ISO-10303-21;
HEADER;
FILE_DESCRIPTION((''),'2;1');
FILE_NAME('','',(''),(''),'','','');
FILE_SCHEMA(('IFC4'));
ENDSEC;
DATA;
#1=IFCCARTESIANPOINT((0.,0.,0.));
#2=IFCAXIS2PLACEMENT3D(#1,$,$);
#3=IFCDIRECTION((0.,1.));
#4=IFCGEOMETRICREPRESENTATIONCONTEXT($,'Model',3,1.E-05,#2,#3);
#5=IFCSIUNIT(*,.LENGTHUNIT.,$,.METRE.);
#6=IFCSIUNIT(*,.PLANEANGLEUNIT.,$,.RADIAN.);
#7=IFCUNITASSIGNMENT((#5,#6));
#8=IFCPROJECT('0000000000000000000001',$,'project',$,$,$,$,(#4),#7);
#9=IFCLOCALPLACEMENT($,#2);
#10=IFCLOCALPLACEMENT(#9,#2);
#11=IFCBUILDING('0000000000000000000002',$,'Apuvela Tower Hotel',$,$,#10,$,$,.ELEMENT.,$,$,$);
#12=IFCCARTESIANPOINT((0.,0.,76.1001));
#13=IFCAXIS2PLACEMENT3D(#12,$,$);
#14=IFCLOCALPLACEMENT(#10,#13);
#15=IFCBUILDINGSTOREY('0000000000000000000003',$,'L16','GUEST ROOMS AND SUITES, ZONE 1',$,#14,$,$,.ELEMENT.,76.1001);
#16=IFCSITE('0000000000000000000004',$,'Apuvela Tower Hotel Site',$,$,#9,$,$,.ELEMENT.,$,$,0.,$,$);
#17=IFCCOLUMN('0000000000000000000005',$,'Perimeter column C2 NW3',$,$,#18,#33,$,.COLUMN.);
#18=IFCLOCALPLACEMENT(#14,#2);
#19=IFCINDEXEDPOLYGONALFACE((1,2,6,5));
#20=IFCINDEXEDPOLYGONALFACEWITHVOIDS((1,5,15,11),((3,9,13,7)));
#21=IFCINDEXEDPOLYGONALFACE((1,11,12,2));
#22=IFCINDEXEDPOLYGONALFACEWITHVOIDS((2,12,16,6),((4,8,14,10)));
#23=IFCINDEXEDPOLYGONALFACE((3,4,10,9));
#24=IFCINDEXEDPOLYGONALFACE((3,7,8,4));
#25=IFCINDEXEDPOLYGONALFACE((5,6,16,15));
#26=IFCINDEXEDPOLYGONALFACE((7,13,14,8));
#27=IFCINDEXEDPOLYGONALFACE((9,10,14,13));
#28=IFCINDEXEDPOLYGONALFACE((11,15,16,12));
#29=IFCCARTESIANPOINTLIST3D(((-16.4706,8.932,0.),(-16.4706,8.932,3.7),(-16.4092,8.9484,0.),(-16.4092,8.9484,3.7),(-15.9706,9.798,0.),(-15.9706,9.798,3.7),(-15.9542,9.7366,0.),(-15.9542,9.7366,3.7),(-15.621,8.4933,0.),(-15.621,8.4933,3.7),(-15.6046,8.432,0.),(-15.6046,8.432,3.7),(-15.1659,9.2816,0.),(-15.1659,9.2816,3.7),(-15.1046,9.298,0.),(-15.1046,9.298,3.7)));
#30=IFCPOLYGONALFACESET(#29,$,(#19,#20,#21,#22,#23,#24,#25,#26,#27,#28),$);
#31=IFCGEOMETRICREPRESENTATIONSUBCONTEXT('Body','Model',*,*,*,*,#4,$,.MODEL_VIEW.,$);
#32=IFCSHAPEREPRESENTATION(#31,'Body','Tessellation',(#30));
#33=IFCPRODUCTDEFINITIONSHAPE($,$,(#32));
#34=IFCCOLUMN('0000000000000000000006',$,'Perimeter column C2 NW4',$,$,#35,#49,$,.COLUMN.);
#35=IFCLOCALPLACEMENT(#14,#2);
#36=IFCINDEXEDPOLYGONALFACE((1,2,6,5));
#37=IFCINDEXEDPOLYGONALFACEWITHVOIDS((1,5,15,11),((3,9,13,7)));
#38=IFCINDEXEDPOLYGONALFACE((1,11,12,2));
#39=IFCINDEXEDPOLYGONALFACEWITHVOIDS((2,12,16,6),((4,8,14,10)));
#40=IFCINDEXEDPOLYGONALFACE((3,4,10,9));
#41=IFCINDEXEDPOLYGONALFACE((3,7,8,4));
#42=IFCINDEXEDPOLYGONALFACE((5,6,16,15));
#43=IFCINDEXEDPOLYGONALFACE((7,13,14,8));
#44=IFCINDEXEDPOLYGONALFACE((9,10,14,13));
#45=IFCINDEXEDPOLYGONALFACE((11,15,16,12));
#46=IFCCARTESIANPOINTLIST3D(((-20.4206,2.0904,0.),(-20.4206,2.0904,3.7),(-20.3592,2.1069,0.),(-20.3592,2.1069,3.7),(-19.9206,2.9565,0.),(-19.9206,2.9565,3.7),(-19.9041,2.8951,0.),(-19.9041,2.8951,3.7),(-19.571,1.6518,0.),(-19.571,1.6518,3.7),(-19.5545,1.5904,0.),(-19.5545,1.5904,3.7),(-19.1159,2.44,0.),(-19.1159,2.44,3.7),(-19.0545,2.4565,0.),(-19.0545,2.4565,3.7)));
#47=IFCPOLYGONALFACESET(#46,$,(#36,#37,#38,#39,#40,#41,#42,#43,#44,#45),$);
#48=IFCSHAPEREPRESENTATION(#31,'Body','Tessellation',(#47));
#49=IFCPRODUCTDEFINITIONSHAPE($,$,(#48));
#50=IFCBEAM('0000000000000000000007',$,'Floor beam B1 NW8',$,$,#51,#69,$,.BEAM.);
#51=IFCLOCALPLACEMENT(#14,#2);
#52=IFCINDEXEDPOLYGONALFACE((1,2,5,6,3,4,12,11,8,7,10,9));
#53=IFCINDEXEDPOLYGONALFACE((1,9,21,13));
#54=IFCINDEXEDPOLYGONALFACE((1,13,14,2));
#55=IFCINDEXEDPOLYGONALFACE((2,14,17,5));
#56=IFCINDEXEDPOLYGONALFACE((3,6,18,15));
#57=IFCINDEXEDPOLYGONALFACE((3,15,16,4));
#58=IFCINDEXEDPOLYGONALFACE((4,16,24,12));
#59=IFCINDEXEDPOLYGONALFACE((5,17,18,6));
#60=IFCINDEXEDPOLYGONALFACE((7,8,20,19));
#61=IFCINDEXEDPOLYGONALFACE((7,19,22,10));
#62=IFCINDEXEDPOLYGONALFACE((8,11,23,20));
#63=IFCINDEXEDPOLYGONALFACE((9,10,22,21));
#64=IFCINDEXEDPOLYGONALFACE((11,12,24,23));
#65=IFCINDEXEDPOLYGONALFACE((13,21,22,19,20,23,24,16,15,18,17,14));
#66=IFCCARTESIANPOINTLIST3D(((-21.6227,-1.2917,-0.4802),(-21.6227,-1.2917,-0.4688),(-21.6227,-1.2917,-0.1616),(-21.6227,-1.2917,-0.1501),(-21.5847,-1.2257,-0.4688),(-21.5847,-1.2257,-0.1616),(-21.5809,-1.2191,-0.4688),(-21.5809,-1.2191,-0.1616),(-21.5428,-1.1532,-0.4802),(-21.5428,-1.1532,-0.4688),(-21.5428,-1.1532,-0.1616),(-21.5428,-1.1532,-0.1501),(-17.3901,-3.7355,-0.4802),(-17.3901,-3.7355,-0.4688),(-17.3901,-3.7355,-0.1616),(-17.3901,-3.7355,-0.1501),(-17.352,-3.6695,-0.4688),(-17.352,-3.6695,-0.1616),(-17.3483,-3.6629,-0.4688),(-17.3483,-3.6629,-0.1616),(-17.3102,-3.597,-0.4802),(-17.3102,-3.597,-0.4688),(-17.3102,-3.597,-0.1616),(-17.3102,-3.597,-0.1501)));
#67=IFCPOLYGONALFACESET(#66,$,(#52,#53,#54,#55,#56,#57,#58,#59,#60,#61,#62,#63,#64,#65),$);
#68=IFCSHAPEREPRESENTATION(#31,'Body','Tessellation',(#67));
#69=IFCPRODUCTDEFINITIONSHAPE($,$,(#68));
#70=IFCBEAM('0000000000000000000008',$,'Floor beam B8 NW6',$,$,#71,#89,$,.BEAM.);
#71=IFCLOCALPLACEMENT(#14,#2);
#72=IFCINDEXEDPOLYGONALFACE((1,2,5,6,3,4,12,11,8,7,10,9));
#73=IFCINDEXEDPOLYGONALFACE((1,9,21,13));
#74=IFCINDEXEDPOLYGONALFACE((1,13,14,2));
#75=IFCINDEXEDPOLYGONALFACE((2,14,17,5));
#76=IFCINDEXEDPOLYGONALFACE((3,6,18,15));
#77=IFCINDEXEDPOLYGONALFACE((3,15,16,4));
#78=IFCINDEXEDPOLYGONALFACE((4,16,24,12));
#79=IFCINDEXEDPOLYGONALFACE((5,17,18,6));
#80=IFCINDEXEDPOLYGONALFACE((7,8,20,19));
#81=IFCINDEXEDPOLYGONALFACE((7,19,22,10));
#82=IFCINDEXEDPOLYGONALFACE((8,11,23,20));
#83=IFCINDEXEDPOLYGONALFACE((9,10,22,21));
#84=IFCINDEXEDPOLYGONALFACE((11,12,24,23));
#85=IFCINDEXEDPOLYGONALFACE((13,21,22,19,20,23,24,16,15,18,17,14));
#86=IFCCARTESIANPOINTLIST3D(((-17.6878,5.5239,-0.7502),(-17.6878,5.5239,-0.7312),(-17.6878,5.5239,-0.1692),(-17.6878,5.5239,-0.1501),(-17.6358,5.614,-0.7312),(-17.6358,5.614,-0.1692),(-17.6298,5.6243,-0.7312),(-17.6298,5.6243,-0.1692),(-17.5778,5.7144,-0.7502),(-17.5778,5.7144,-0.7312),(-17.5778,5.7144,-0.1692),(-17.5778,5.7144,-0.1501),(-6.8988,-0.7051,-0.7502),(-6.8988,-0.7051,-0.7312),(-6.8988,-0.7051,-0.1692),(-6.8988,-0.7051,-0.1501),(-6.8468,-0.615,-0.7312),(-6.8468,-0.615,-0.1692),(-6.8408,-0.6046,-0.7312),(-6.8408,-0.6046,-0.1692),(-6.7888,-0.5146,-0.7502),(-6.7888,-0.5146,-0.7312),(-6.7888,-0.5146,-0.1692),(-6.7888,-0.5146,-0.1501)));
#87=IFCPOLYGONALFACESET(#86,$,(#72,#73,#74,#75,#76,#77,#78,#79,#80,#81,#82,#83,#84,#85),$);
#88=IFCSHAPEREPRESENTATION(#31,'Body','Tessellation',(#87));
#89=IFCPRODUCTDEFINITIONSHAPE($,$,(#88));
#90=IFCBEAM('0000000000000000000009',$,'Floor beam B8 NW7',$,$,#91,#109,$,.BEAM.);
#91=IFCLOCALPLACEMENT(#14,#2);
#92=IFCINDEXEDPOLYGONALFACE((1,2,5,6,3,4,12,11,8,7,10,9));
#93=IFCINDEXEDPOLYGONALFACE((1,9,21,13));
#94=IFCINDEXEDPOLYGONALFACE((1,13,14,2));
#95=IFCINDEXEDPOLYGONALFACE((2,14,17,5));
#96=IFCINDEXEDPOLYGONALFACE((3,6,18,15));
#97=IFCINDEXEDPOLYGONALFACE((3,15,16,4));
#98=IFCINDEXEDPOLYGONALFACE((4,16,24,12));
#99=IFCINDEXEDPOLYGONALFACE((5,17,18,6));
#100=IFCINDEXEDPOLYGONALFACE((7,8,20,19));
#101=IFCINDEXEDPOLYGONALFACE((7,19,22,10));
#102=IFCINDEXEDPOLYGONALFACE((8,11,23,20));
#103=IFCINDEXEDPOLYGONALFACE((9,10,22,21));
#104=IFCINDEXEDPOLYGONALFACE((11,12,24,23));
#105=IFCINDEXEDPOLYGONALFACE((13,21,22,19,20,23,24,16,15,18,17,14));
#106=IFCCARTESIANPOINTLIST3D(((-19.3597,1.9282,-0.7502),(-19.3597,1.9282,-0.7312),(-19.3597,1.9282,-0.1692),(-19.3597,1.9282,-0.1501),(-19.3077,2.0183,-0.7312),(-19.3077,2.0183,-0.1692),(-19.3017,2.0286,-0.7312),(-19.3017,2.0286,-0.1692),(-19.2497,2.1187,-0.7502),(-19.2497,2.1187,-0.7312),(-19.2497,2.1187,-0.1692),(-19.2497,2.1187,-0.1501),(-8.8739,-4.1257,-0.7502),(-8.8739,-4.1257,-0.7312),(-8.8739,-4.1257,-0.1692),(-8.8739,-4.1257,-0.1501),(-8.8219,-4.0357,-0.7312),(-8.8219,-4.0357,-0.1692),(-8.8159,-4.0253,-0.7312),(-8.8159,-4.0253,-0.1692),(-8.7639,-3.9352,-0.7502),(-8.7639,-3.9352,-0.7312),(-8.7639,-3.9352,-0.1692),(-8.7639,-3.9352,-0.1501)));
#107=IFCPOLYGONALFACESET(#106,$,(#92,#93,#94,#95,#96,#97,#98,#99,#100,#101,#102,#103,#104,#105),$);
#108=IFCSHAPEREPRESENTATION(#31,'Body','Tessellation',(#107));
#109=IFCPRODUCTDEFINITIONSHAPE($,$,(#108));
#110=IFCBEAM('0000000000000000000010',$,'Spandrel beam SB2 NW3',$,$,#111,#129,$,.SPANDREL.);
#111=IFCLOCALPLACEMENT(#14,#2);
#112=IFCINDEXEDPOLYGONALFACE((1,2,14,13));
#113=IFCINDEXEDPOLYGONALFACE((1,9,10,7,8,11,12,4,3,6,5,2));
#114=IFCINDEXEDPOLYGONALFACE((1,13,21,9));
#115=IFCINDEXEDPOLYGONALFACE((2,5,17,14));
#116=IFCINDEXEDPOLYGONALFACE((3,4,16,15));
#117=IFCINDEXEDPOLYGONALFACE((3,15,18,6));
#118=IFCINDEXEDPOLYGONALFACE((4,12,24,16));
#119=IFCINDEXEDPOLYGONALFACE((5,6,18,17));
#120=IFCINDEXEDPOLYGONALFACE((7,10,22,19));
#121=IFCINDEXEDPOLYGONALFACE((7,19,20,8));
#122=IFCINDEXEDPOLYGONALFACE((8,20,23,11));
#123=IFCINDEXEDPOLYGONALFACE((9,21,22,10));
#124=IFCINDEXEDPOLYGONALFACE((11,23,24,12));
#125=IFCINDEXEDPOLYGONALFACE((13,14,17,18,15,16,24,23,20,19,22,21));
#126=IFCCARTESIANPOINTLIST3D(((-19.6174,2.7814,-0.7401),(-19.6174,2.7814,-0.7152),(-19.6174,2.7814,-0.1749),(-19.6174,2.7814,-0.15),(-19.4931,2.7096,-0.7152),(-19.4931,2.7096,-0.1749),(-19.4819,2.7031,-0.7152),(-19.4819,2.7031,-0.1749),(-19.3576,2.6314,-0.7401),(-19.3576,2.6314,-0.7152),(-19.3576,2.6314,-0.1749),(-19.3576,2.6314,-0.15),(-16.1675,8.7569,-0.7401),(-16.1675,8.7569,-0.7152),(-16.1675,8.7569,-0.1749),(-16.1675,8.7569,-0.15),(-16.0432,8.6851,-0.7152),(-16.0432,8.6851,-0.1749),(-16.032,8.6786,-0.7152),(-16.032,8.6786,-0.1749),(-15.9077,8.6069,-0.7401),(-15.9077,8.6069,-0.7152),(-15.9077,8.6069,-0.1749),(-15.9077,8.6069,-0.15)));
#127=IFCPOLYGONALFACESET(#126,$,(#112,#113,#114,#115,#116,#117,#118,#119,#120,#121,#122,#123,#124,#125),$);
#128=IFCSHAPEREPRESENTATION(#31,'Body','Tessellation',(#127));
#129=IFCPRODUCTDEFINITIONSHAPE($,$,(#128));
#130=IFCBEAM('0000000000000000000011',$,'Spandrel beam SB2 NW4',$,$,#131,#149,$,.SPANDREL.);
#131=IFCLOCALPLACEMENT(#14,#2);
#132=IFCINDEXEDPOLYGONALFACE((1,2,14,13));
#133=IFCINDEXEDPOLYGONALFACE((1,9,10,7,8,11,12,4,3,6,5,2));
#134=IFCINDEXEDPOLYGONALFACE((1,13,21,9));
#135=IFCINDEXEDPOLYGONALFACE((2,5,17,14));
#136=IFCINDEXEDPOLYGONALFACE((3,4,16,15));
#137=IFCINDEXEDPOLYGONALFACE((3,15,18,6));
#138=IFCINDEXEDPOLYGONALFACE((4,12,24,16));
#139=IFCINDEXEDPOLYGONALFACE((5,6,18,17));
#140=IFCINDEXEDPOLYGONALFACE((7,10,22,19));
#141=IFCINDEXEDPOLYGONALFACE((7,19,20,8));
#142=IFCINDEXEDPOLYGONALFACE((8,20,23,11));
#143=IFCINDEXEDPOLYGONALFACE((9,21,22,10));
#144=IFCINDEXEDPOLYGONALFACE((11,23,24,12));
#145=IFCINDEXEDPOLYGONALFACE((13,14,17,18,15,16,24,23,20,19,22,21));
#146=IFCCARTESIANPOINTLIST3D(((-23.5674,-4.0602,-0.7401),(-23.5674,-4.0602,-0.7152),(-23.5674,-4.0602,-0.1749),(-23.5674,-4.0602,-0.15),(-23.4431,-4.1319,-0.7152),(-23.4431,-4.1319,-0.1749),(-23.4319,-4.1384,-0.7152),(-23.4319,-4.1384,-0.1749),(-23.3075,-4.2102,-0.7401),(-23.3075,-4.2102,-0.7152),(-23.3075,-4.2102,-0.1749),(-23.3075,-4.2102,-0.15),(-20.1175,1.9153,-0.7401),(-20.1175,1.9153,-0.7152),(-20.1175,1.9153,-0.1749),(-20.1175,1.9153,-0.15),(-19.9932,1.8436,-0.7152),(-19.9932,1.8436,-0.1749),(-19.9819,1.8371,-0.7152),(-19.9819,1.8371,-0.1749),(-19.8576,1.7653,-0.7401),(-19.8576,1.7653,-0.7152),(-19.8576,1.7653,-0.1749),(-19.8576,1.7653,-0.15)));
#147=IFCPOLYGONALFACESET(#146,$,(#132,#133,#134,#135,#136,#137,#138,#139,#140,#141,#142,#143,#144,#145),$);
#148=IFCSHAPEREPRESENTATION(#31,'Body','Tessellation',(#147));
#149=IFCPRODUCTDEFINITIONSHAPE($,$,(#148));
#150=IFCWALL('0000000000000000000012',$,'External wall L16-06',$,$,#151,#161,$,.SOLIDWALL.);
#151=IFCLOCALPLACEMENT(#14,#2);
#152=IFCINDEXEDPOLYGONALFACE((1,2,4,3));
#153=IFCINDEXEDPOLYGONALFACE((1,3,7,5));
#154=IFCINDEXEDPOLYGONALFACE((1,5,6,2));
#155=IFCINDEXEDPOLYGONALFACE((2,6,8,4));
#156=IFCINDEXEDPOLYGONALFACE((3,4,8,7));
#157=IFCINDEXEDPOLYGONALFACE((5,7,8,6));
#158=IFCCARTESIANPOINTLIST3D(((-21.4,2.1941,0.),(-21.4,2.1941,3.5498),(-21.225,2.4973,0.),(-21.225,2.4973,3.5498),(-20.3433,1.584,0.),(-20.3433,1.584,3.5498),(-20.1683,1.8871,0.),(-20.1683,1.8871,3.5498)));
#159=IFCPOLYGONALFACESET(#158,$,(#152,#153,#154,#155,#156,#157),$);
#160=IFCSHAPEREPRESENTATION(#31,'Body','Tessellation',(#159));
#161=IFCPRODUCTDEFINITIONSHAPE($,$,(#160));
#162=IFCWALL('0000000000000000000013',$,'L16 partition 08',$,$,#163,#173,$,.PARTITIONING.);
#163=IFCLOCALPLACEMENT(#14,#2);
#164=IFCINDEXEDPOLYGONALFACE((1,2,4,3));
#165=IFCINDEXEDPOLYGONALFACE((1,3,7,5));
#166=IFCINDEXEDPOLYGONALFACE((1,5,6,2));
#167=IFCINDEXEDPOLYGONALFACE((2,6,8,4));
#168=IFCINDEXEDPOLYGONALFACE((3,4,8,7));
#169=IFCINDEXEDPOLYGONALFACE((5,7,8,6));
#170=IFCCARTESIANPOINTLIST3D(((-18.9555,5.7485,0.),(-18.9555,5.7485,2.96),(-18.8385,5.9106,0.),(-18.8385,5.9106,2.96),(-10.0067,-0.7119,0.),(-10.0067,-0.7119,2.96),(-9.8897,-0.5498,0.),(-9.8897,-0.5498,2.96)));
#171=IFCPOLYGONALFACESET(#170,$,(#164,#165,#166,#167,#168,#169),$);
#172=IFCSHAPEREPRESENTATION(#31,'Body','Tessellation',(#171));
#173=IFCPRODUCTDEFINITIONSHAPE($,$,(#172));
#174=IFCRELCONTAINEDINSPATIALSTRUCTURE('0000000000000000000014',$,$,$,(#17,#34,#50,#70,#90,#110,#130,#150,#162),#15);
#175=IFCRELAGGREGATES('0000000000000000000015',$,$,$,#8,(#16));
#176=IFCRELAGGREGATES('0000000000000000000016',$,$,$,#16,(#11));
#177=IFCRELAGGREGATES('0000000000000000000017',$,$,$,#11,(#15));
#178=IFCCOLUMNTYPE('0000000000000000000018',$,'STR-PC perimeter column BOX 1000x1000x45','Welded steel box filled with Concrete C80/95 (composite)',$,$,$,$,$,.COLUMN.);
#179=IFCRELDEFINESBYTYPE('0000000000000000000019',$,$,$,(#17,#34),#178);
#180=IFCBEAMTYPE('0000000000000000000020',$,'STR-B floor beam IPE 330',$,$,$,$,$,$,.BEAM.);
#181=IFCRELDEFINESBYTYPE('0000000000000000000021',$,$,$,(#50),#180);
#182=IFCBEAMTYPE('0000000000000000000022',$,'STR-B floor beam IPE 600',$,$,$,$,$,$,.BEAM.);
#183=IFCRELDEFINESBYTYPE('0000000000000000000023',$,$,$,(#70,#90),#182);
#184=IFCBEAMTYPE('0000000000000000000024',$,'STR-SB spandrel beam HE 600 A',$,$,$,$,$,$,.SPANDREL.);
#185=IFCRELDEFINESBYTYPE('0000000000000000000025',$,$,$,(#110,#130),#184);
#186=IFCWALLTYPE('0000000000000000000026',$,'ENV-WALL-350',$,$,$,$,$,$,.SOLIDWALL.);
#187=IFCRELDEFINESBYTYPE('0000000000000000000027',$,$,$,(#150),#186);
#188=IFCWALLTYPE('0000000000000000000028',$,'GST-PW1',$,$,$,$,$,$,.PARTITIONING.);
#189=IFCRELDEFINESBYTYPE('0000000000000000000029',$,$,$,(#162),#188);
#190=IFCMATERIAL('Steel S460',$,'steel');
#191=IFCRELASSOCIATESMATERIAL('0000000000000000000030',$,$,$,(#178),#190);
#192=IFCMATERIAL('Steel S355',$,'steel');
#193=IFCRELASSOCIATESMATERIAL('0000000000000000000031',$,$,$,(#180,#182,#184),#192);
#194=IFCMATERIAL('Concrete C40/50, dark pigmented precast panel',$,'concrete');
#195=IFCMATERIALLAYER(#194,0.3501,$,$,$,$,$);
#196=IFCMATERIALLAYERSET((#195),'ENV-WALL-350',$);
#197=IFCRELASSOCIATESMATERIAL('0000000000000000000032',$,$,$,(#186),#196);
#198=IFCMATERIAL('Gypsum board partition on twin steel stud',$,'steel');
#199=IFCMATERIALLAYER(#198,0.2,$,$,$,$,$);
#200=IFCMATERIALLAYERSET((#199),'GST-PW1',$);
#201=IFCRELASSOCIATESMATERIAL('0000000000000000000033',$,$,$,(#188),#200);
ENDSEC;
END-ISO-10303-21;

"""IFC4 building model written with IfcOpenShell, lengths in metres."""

from ifc_helpers import new_model, si_unit, direction, frame, frame_2d, origin, origin_2d, place, context, subcontext, project, spatial, rectangle, hollow_rectangle, i_section, extrude, material, layer, layer_set, material_profile, profile_set, type_object, element, save


model = new_model("IFC4")

# Units and contexts
model_context = context("Model", 3, precision=1e-05, world=origin(), true_north=direction((0.0, 1.0)))
body_context = subcontext(model_context, "Body", "Model", "MODEL_VIEW")
ifc_project = project(units=[si_unit("LENGTHUNIT", "METRE"), si_unit("PLANEANGLEUNIT", "RADIAN")], contexts=[model_context])

# Site, building, storey
site_placement = place(None, origin())
site = spatial("IfcSite", under=ifc_project, at=site_placement, Name="Apuvela Tower Hotel Site", CompositionType="ELEMENT", RefElevation=0.0)
building_placement = place(site_placement, origin())
building = spatial("IfcBuilding", under=site, at=building_placement, Name="Apuvela Tower Hotel", CompositionType="ELEMENT")
storey_placement = place(building_placement, frame((0.0, 0.0, 76.1001)))
storey = spatial("IfcBuildingStorey", under=building, at=storey_placement, Name="L16", Description="GUEST ROOMS AND SUITES, ZONE 1", CompositionType="ELEMENT", Elevation=76.1001)

# Columns
ifc_material_1 = material(Name="Steel S460", Category="steel")
ifc_material_profile_1 = material_profile(ifc_material_1, hollow_rectangle(XDim=1.0, YDim=1.0, WallThickness=0.0449, at=origin_2d()), Name="BOX 1000x1000x45")
ifc_material_2 = material(Name="Concrete C80/95", Category="concrete")
ifc_material_profile_2 = material_profile(ifc_material_2, rectangle(XDim=0.9099, YDim=0.9099, at=origin_2d()), Name="Concrete C80/95 infill")
ifc_profile_set_1 = profile_set([ifc_material_profile_1, ifc_material_profile_2], Name="Steel S460")
column_type = type_object("IfcColumnType", Name="STR-PC perimeter column BOX 1000x1000x45", Description="Welded steel box filled with Concrete C80/95 (composite)", PredefinedType="COLUMN", material=ifc_profile_set_1)
for number, where, z_axis, x_axis, name in (
    (1, (-15.7876, 9.115, 0.0), (0.0, 0.0, 1.0), (0.5, 0.866025, 0.0), "Perimeter column C2 NW3"),
    (2, (-19.7375, 2.2734, 0.0), (0.0, 0.0, 1.0), (0.5, 0.866025, 0.0), "Perimeter column C2 NW4"),
):
    element("IfcColumn", number, at=place(storey_placement, frame(where, z_axis=z_axis, x_axis=x_axis)), inside=storey, type_object=column_type, Name=name, PredefinedType="COLUMN", context=body_context, shape_type="SweptSolid", body=[
        extrude(hollow_rectangle(XDim=1.0, YDim=1.0, WallThickness=0.0449, at=origin_2d()), origin(), (0.0, 0.0, 1.0), 3.7),
    ])

# Beams
ifc_material_3 = material(Name="Steel S355", Category="steel")
ifc_material_profile_3 = material_profile(ifc_material_3, i_section(OverallWidth=0.1599, OverallDepth=0.3301, WebThickness=0.0076, FlangeThickness=0.0115, at=origin_2d()), Name="IPE 330")
ifc_profile_set_2 = profile_set([ifc_material_profile_3], Name="Steel S355")
beam_type_1 = type_object("IfcBeamType", Name="STR-B floor beam IPE 330", PredefinedType="BEAM", material=ifc_profile_set_2)
beam_1_placement = place(storey_placement, frame((-21.5828, -1.2224, -0.3152), z_axis=(0.866015, -0.500018, 0.0), x_axis=(0.500018, 0.866015, 0.0)))
element("IfcBeam", 3, at=beam_1_placement, inside=storey, type_object=beam_type_1, Name="Floor beam B1 NW8", PredefinedType="BEAM", context=body_context, shape_type="SweptSolid", body=[
    extrude(i_section(OverallWidth=0.1599, OverallDepth=0.3301, WebThickness=0.0076, FlangeThickness=0.0115, at=origin_2d()), origin(), (0.0, 0.0, 1.0), 4.8875),
])
ifc_material_profile_4 = material_profile(ifc_material_3, i_section(OverallWidth=0.22, OverallDepth=0.6001, WebThickness=0.012, FlangeThickness=0.019, at=origin_2d()), Name="IPE 600")
ifc_profile_set_3 = profile_set([ifc_material_profile_4], Name="Steel S355")
beam_type_2 = type_object("IfcBeamType", Name="STR-B floor beam IPE 600", PredefinedType="BEAM", material=ifc_profile_set_3)
beam_2_placement = place(storey_placement, frame((-17.6328, 5.6191, -0.4502), z_axis=(0.866028, -0.499996, 0.0), x_axis=(0.499996, 0.866028, 0.0)))
element("IfcBeam", 4, at=beam_2_placement, inside=storey, type_object=beam_type_2, Name="Floor beam B8 NW6", PredefinedType="BEAM", context=body_context, shape_type="SweptSolid", body=[
    extrude(i_section(OverallWidth=0.22, OverallDepth=0.6001, WebThickness=0.012, FlangeThickness=0.019, at=origin_2d()), origin(), (0.0, 0.0, 1.0), 12.458),
])
beam_3_placement = place(storey_placement, frame((-19.3047, 2.0234, -0.4502), z_axis=(0.866027, -0.499997, 0.0), x_axis=(0.499997, 0.866027, 0.0)))
element("IfcBeam", 5, at=beam_3_placement, inside=storey, type_object=beam_type_2, Name="Floor beam B8 NW7", PredefinedType="BEAM", context=body_context, shape_type="SweptSolid", body=[
    extrude(i_section(OverallWidth=0.22, OverallDepth=0.6001, WebThickness=0.012, FlangeThickness=0.019, at=origin_2d()), origin(), (0.0, 0.0, 1.0), 12.1079),
])
ifc_material_profile_5 = material_profile(ifc_material_3, i_section(OverallWidth=0.3, OverallDepth=0.5901, WebThickness=0.0129, FlangeThickness=0.0249, at=origin_2d()), Name="HE 600 A")
ifc_profile_set_4 = profile_set([ifc_material_profile_5], Name="Steel S355")
beam_type_3 = type_object("IfcBeamType", Name="STR-SB spandrel beam HE 600 A", PredefinedType="SPANDREL", material=ifc_profile_set_4)
for number, where, z_axis, x_axis, name in (
    (6, (-16.0376, 8.6819, -0.4451), (-0.499994, -0.866029, 0.0), (0.866029, -0.499994, 0.0), "Spandrel beam SB2 NW3"),
    (7, (-19.9875, 1.8403, -0.4451), (-0.499994, -0.866029, 0.0), (0.866029, -0.499994, 0.0), "Spandrel beam SB2 NW4"),
):
    element("IfcBeam", number, at=place(storey_placement, frame(where, z_axis=z_axis, x_axis=x_axis)), inside=storey, type_object=beam_type_3, Name=name, PredefinedType="SPANDREL", context=body_context, shape_type="SweptSolid", body=[
        extrude(i_section(OverallWidth=0.3, OverallDepth=0.5901, WebThickness=0.0129, FlangeThickness=0.0249, at=origin_2d()), origin(), (0.0, 0.0, 1.0), 6.8999),
    ])

# Shared definitions
ifc_material_4 = material(Name="Concrete C40/50, dark pigmented precast panel", Category="concrete")
ifc_layer_1 = layer(ifc_material_4, 0.3501)
ifc_layer_set_1 = layer_set([ifc_layer_1], Name="ENV-WALL-350")
wall_type_1 = type_object("IfcWallType", Name="ENV-WALL-350", PredefinedType="SOLIDWALL", material=ifc_layer_set_1)

# Wall
wall_1_placement = place(storey_placement, frame((-21.3125, 2.3457, 0.0), z_axis=(0.0, 0.0, 1.0), x_axis=(0.866006, -0.500034, 0.0)))
element("IfcWall", 8, at=wall_1_placement, inside=storey, type_object=wall_type_1, Name="External wall L16-06", PredefinedType="SOLIDWALL", context=body_context, shape_type="SweptSolid", body=[
    extrude(rectangle(XDim=1.2202, YDim=0.3501, at=frame_2d((0.6101, 0.0))), origin(), (0.0, 0.0, 1.0), 3.5498),
])

# Wall
ifc_material_5 = material(Name="Gypsum board partition on twin steel stud", Category="steel")
ifc_layer_2 = layer(ifc_material_5, 0.2)
ifc_layer_set_2 = layer_set([ifc_layer_2], Name="GST-PW1")
wall_type_2 = type_object("IfcWallType", Name="GST-PW1", PredefinedType="PARTITIONING", material=ifc_layer_set_2)
wall_2_placement = place(storey_placement, frame((-18.897, 5.8296, 0.0), z_axis=(0.0, 0.0, 1.0), x_axis=(0.810788, -0.58534, 0.0)))
element("IfcWall", 9, at=wall_2_placement, inside=storey, type_object=wall_type_2, Name="L16 partition 08", PredefinedType="PARTITIONING", context=body_context, shape_type="SweptSolid", body=[
    extrude(rectangle(XDim=11.0371, YDim=0.2, at=frame_2d((5.5186, 0.0))), origin(), (0.0, 0.0, 1.0), 2.96),
])

save(model, "model.ifc")
